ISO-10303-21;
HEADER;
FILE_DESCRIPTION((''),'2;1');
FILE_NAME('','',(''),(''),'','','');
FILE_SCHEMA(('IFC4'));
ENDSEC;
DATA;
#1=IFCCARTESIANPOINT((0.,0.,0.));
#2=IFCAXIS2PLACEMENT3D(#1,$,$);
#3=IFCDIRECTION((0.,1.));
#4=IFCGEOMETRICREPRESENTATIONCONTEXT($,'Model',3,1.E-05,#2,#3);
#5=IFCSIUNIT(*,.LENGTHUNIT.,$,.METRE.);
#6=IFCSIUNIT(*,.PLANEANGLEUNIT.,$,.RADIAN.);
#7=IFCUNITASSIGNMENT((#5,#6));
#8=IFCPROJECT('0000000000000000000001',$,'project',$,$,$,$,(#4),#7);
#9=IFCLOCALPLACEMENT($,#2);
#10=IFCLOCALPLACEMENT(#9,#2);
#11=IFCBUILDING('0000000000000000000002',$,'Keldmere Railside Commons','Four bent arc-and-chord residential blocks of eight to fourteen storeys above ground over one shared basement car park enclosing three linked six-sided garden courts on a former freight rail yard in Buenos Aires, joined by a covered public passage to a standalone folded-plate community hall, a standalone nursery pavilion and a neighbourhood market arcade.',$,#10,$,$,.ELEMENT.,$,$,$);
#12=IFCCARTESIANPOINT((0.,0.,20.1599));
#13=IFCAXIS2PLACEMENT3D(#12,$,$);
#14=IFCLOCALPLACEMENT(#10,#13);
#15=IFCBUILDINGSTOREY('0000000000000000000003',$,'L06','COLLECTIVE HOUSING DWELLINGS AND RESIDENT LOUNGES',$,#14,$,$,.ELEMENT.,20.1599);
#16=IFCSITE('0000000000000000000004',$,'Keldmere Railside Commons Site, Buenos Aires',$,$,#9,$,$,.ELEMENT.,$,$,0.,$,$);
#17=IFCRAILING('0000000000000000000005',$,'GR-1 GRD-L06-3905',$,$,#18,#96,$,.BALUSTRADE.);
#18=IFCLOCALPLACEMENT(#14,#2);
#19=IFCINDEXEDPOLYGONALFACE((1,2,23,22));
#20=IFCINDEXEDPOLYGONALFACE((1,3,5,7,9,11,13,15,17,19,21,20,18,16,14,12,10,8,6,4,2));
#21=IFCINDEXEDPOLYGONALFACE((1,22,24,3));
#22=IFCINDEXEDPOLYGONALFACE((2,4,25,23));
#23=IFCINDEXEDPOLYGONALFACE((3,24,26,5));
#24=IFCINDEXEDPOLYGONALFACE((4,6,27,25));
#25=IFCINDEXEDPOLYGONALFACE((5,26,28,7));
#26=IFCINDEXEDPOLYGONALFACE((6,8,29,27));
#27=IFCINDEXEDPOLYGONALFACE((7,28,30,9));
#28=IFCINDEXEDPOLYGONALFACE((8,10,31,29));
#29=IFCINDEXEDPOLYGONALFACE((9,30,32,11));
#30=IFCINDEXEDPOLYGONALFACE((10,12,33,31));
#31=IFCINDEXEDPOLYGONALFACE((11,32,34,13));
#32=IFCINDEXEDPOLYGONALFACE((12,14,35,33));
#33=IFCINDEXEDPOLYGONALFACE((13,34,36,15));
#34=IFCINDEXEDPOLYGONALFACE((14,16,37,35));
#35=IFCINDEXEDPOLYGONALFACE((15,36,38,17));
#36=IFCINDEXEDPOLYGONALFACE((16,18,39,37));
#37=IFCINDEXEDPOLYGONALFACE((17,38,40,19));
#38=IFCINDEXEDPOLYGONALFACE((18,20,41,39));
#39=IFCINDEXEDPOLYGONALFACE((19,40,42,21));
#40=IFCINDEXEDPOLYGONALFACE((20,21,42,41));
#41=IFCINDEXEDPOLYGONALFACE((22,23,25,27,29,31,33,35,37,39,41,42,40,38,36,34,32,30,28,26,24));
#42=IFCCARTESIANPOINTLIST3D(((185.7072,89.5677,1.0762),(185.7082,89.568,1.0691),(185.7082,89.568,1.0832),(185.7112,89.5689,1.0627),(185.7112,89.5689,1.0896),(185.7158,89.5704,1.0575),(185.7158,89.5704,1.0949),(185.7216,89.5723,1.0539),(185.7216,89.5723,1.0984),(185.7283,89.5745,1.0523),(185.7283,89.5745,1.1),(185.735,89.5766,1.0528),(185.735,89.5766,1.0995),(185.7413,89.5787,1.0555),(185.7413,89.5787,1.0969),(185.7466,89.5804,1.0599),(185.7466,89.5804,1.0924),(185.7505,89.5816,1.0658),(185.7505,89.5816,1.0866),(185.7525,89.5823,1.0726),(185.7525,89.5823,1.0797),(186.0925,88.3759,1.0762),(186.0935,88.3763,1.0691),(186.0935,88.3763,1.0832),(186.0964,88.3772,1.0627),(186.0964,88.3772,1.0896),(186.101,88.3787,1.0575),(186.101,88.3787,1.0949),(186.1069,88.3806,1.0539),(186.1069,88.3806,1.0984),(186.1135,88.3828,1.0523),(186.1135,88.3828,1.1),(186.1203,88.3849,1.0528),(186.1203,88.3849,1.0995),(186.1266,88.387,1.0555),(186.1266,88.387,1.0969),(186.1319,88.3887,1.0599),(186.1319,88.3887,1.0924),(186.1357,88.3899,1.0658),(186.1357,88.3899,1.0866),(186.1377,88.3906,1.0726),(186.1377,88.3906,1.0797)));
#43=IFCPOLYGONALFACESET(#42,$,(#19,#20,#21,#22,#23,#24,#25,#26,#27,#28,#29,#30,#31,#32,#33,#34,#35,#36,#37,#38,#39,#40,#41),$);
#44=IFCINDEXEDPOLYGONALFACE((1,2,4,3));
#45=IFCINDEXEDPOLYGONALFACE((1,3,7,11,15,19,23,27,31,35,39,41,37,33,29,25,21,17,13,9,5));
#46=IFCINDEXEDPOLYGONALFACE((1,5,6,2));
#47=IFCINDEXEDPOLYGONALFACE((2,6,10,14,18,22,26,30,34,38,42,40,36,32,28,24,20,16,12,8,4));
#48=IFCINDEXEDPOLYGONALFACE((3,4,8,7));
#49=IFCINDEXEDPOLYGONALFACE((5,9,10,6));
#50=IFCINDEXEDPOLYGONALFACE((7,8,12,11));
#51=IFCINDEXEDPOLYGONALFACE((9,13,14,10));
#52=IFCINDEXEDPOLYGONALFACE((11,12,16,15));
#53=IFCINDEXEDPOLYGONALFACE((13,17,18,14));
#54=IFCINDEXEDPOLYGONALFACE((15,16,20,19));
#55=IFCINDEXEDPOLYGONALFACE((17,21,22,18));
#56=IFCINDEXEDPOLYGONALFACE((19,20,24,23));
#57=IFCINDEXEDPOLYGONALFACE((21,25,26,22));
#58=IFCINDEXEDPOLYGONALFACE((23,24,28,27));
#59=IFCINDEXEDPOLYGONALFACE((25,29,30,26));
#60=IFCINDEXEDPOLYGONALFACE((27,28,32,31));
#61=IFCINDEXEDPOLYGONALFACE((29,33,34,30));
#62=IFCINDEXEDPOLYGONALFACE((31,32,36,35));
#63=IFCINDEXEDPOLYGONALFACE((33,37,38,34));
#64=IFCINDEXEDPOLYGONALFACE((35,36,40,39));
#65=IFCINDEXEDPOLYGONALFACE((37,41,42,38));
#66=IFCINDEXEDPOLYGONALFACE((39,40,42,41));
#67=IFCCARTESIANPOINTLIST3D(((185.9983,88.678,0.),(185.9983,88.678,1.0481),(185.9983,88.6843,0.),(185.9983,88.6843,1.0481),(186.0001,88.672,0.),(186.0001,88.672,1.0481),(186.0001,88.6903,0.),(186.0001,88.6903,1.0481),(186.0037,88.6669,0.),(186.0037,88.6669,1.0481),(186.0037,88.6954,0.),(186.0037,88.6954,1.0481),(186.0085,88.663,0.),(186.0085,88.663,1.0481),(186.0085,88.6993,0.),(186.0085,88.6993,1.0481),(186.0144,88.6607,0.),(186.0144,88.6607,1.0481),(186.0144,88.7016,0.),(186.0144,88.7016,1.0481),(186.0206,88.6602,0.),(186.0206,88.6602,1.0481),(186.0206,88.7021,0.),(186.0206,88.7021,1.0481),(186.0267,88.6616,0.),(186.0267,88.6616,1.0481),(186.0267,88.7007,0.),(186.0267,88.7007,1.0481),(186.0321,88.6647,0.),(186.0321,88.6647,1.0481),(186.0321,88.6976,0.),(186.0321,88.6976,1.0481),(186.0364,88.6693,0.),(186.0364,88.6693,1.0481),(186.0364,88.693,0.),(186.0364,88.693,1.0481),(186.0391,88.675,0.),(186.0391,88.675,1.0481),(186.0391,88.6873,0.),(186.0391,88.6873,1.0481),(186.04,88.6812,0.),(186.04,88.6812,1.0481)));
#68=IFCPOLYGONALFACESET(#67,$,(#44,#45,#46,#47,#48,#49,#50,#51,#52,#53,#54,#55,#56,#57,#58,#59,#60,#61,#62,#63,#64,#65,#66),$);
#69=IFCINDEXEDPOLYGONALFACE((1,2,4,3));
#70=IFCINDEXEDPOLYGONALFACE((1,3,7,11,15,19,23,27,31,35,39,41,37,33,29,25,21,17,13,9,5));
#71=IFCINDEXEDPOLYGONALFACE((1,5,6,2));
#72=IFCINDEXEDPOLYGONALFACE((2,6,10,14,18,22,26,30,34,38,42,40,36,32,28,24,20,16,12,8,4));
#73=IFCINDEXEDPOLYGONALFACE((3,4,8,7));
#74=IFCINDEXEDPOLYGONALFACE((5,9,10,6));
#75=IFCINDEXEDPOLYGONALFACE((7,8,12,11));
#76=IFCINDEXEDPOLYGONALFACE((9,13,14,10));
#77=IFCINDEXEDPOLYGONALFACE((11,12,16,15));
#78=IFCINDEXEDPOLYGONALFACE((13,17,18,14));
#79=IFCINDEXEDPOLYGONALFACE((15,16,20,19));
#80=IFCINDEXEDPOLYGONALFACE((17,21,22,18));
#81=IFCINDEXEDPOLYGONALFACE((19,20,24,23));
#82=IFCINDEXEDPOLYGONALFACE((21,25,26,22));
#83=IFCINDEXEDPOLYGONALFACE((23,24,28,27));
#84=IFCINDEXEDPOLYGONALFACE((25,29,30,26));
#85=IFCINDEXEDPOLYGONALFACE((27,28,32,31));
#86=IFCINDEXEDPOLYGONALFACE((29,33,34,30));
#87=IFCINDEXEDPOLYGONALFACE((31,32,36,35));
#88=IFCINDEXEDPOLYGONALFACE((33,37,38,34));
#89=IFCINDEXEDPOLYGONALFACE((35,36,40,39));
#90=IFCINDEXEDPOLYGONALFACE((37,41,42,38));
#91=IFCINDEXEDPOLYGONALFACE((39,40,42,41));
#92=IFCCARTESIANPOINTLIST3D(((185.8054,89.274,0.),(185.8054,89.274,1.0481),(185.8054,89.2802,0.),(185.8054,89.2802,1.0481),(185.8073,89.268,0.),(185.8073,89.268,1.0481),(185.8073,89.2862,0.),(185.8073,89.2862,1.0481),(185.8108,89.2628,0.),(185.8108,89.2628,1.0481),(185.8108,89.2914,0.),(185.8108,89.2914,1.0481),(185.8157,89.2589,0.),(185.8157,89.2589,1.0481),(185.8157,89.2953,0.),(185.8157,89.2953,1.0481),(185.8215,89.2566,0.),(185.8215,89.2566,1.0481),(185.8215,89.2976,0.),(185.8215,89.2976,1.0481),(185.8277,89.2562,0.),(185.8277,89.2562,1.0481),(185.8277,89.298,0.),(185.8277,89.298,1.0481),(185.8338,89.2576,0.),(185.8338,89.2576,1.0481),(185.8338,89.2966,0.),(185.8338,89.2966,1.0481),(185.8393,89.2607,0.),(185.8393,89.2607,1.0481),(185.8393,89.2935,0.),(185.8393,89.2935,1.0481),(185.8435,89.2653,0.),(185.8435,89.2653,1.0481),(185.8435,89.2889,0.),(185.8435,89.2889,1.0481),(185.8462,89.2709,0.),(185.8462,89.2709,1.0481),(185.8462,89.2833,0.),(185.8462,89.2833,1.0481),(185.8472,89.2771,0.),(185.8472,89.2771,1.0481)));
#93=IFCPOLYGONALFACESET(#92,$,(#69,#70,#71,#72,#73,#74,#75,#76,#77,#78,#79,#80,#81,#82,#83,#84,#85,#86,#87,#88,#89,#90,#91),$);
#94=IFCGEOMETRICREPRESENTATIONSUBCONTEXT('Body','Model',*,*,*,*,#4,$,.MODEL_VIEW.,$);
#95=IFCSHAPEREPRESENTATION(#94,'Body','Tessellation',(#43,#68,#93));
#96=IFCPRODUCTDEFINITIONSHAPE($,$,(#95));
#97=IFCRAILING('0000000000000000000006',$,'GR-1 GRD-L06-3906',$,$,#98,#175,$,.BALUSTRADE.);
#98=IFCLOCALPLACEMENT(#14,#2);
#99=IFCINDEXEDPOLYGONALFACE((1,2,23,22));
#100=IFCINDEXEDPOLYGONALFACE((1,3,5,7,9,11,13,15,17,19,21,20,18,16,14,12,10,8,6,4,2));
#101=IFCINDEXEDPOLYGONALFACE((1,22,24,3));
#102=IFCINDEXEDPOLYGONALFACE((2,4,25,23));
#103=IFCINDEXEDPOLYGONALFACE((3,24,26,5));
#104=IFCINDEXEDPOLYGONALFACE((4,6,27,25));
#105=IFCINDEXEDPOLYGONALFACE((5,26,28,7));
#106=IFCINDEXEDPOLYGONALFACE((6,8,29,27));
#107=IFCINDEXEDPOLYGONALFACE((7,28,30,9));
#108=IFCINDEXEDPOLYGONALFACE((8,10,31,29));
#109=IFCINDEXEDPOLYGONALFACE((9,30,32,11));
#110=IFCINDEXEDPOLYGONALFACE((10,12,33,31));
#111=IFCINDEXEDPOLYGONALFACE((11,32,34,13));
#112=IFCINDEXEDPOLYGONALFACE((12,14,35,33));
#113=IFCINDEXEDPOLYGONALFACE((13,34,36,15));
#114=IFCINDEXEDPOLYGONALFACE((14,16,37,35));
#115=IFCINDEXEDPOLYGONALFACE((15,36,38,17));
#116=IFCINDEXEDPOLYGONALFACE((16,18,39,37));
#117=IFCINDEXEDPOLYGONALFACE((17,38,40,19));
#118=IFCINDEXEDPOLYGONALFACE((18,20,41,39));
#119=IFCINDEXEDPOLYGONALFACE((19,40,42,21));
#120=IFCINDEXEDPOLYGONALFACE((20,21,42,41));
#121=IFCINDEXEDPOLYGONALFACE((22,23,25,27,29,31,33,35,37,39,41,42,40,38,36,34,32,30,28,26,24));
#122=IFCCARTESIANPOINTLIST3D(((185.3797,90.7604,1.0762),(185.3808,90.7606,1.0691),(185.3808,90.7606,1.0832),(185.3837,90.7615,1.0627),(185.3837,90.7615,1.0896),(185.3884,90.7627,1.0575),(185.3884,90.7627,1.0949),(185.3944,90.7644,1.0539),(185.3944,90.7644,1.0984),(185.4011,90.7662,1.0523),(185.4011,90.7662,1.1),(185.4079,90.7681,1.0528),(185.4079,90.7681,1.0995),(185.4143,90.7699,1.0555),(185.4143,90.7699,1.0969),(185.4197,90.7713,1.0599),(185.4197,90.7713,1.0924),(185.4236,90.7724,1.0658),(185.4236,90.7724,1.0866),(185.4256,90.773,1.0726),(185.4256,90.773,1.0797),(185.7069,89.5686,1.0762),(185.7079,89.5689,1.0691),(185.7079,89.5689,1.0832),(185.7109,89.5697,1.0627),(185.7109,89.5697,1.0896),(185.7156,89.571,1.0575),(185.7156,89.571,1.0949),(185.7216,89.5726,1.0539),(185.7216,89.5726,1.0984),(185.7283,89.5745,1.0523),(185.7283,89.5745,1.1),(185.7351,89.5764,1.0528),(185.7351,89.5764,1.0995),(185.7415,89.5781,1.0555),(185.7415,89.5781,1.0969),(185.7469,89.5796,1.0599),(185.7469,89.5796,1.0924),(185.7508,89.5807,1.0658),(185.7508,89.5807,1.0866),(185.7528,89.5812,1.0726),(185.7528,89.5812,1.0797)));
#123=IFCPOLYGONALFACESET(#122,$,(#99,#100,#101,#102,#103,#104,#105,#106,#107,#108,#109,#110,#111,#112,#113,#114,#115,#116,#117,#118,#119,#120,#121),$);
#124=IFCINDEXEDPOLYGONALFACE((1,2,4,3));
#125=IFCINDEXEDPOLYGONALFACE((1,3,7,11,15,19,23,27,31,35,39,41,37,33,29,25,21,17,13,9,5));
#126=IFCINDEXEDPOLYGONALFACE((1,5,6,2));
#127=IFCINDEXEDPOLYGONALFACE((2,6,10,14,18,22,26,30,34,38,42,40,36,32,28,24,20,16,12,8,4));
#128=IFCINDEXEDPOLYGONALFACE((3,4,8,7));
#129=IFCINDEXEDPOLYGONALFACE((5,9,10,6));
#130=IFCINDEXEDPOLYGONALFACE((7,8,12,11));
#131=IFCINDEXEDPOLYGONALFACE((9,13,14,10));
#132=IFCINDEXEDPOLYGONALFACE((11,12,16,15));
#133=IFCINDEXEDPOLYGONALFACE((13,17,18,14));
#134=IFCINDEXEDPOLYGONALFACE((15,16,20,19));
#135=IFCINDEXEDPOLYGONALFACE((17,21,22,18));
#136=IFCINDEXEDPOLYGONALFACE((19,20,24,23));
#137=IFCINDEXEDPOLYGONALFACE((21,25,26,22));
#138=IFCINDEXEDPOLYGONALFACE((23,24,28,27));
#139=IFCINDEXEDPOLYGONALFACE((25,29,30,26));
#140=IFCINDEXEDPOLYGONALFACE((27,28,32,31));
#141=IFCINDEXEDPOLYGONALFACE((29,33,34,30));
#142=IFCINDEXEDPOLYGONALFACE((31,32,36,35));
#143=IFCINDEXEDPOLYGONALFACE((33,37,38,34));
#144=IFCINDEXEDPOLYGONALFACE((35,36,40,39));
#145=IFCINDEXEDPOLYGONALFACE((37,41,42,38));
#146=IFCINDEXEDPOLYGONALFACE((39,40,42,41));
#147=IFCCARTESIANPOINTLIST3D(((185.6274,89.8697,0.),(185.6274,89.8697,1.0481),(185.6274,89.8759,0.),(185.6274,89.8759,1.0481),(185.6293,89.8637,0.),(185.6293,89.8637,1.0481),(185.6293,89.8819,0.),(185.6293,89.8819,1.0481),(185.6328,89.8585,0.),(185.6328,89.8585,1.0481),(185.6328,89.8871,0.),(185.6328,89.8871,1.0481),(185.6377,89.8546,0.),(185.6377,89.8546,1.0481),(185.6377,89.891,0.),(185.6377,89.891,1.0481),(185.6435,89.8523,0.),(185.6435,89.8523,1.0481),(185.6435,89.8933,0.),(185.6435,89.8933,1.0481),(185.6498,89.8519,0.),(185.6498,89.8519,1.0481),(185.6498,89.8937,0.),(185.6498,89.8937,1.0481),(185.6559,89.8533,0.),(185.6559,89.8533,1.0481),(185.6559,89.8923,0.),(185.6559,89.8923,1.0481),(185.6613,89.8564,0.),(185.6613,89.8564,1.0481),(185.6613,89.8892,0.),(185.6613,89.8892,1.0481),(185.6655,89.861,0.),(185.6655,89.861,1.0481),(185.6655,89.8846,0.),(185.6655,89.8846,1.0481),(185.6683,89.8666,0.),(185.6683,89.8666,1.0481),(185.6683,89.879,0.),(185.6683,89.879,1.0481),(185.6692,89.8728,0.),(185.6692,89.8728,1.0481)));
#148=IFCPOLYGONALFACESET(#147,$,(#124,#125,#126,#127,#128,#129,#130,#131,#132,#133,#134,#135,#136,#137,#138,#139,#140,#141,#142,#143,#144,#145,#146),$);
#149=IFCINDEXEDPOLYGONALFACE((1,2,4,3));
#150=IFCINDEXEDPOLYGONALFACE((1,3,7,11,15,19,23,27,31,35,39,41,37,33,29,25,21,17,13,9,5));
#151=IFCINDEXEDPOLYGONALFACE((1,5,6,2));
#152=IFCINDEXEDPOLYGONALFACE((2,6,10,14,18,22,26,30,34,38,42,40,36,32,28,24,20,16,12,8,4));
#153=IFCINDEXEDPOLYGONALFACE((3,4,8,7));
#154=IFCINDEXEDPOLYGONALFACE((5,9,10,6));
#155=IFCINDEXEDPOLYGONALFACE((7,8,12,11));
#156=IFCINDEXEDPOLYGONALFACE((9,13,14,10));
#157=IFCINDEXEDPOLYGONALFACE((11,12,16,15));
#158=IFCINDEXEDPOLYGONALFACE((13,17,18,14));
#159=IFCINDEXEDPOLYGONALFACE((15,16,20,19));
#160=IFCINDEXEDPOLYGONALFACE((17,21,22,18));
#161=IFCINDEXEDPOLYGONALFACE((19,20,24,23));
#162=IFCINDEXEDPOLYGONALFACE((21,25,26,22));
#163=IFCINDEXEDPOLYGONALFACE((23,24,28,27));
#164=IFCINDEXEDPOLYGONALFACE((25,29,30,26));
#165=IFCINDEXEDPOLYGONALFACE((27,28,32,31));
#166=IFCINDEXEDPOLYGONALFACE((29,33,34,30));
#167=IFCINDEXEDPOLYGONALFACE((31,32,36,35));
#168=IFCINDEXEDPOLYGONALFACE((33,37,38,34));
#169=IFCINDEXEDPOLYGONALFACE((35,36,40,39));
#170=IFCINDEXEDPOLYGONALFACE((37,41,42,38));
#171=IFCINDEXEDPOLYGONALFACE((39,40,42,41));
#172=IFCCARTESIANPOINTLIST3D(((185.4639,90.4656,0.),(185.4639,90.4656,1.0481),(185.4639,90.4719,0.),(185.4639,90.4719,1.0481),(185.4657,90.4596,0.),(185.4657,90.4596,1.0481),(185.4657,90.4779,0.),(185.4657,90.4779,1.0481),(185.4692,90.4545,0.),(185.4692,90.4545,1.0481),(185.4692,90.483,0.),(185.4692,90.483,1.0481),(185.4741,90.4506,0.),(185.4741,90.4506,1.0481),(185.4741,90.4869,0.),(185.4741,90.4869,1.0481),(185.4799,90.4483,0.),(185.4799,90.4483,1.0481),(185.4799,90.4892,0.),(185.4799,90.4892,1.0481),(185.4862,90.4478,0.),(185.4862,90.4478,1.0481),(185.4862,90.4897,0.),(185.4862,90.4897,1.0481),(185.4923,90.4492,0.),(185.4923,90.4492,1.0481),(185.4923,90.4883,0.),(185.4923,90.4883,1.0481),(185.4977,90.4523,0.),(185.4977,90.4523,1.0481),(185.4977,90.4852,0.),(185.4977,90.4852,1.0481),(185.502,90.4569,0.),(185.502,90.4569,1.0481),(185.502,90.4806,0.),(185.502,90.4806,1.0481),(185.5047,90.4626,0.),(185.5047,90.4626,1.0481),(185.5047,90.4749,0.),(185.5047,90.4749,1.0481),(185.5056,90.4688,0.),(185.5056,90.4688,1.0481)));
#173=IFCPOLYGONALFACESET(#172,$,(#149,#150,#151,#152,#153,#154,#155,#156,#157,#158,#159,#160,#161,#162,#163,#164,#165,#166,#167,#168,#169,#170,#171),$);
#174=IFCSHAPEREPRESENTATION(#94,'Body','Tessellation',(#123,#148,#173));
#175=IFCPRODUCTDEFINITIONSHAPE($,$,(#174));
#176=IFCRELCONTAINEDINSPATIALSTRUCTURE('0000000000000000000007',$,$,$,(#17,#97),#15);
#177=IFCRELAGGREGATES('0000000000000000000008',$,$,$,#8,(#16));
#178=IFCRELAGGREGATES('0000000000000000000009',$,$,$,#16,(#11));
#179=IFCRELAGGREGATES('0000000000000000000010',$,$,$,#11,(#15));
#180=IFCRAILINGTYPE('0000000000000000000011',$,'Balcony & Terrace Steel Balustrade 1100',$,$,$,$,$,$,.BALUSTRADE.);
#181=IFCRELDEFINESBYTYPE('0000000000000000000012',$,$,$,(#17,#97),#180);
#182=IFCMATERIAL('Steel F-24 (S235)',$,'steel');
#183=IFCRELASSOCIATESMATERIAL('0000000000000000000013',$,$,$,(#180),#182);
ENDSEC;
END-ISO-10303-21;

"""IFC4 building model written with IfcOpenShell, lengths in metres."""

from ifc_helpers import new_model, si_unit, direction, frame, origin, origin_2d, place, context, subcontext, project, spatial, circle, extrude, material, type_object, element, save


model = new_model("IFC4")

# Units and contexts
model_context = context("Model", 3, precision=1e-05, world=origin(), true_north=direction((0.0, 1.0)))
body_context = subcontext(model_context, "Body", "Model", "MODEL_VIEW")
ifc_project = project(units=[si_unit("LENGTHUNIT", "METRE"), si_unit("PLANEANGLEUNIT", "RADIAN")], contexts=[model_context])

# Site, building, storey
site_placement = place(None, origin())
site = spatial("IfcSite", under=ifc_project, at=site_placement, Name="Keldmere Railside Commons Site, Buenos Aires", CompositionType="ELEMENT", RefElevation=0.0)
building_placement = place(site_placement, origin())
building = spatial("IfcBuilding", under=site, at=building_placement, Name="Keldmere Railside Commons", Description="Four bent arc-and-chord residential blocks of eight to fourteen storeys above ground over one shared basement car park enclosing three linked six-sided garden courts on a former freight rail yard in Buenos Aires, joined by a covered public passage to a standalone folded-plate community hall, a standalone nursery pavilion and a neighbourhood market arcade.", CompositionType="ELEMENT")
storey_placement = place(building_placement, frame((0.0, 0.0, 20.1599)))
storey = spatial("IfcBuildingStorey", under=building, at=storey_placement, Name="L06", Description="COLLECTIVE HOUSING DWELLINGS AND RESIDENT LOUNGES", CompositionType="ELEMENT", Elevation=20.1599)

# Railings
ifc_material_1 = material(Name="Steel F-24 (S235)", Category="steel")
railing_type = type_object("IfcRailingType", Name="Balcony & Terrace Steel Balustrade 1100", PredefinedType="BALUSTRADE", material=ifc_material_1)
railing_1_placement = place(storey_placement, frame((186.1152, 88.3833, 0.0)))
element("IfcRailing", 1, at=railing_1_placement, inside=storey, type_object=railing_type, Name="GR-1 GRD-L06-3905", PredefinedType="BALUSTRADE", context=body_context, shape_type="SweptSolid", body=[
    extrude(circle(Radius=0.0239, at=origin_2d()), frame((0.0, 0.0, 1.0762), z_axis=(-0.307618, 0.95151, 0.0), x_axis=(-0.95151, -0.307618, 0.0)), (0.0, 0.0, 1.0), 1.2524),
    extrude(circle(Radius=0.021, at=origin_2d()), frame((-0.0962, 0.2979, 0.0)), (0.0, 0.0, 1.0), 1.0481),
    extrude(circle(Radius=0.021, at=origin_2d()), frame((-0.2891, 0.8938, 0.0)), (0.0, 0.0, 1.0), 1.0481),
])
railing_2_placement = place(storey_placement, frame((185.73, 89.575, 0.0)))
element("IfcRailing", 2, at=railing_2_placement, inside=storey, type_object=railing_type, Name="GR-1 GRD-L06-3906", PredefinedType="BALUSTRADE", context=body_context, shape_type="SweptSolid", body=[
    extrude(circle(Radius=0.0239, at=origin_2d()), frame((0.0, 0.0, 1.0762), z_axis=(-0.264739, 0.96432, 0.0), x_axis=(-0.96432, -0.264739, 0.0)), (0.0, 0.0, 1.0), 1.2358),
    extrude(circle(Radius=0.021, at=origin_2d()), frame((-0.0818, 0.2979, 0.0)), (0.0, 0.0, 1.0), 1.0481),
    extrude(circle(Radius=0.021, at=origin_2d()), frame((-0.2454, 0.8938, 0.0)), (0.0, 0.0, 1.0), 1.0481),
])

save(model, "model.ifc")
